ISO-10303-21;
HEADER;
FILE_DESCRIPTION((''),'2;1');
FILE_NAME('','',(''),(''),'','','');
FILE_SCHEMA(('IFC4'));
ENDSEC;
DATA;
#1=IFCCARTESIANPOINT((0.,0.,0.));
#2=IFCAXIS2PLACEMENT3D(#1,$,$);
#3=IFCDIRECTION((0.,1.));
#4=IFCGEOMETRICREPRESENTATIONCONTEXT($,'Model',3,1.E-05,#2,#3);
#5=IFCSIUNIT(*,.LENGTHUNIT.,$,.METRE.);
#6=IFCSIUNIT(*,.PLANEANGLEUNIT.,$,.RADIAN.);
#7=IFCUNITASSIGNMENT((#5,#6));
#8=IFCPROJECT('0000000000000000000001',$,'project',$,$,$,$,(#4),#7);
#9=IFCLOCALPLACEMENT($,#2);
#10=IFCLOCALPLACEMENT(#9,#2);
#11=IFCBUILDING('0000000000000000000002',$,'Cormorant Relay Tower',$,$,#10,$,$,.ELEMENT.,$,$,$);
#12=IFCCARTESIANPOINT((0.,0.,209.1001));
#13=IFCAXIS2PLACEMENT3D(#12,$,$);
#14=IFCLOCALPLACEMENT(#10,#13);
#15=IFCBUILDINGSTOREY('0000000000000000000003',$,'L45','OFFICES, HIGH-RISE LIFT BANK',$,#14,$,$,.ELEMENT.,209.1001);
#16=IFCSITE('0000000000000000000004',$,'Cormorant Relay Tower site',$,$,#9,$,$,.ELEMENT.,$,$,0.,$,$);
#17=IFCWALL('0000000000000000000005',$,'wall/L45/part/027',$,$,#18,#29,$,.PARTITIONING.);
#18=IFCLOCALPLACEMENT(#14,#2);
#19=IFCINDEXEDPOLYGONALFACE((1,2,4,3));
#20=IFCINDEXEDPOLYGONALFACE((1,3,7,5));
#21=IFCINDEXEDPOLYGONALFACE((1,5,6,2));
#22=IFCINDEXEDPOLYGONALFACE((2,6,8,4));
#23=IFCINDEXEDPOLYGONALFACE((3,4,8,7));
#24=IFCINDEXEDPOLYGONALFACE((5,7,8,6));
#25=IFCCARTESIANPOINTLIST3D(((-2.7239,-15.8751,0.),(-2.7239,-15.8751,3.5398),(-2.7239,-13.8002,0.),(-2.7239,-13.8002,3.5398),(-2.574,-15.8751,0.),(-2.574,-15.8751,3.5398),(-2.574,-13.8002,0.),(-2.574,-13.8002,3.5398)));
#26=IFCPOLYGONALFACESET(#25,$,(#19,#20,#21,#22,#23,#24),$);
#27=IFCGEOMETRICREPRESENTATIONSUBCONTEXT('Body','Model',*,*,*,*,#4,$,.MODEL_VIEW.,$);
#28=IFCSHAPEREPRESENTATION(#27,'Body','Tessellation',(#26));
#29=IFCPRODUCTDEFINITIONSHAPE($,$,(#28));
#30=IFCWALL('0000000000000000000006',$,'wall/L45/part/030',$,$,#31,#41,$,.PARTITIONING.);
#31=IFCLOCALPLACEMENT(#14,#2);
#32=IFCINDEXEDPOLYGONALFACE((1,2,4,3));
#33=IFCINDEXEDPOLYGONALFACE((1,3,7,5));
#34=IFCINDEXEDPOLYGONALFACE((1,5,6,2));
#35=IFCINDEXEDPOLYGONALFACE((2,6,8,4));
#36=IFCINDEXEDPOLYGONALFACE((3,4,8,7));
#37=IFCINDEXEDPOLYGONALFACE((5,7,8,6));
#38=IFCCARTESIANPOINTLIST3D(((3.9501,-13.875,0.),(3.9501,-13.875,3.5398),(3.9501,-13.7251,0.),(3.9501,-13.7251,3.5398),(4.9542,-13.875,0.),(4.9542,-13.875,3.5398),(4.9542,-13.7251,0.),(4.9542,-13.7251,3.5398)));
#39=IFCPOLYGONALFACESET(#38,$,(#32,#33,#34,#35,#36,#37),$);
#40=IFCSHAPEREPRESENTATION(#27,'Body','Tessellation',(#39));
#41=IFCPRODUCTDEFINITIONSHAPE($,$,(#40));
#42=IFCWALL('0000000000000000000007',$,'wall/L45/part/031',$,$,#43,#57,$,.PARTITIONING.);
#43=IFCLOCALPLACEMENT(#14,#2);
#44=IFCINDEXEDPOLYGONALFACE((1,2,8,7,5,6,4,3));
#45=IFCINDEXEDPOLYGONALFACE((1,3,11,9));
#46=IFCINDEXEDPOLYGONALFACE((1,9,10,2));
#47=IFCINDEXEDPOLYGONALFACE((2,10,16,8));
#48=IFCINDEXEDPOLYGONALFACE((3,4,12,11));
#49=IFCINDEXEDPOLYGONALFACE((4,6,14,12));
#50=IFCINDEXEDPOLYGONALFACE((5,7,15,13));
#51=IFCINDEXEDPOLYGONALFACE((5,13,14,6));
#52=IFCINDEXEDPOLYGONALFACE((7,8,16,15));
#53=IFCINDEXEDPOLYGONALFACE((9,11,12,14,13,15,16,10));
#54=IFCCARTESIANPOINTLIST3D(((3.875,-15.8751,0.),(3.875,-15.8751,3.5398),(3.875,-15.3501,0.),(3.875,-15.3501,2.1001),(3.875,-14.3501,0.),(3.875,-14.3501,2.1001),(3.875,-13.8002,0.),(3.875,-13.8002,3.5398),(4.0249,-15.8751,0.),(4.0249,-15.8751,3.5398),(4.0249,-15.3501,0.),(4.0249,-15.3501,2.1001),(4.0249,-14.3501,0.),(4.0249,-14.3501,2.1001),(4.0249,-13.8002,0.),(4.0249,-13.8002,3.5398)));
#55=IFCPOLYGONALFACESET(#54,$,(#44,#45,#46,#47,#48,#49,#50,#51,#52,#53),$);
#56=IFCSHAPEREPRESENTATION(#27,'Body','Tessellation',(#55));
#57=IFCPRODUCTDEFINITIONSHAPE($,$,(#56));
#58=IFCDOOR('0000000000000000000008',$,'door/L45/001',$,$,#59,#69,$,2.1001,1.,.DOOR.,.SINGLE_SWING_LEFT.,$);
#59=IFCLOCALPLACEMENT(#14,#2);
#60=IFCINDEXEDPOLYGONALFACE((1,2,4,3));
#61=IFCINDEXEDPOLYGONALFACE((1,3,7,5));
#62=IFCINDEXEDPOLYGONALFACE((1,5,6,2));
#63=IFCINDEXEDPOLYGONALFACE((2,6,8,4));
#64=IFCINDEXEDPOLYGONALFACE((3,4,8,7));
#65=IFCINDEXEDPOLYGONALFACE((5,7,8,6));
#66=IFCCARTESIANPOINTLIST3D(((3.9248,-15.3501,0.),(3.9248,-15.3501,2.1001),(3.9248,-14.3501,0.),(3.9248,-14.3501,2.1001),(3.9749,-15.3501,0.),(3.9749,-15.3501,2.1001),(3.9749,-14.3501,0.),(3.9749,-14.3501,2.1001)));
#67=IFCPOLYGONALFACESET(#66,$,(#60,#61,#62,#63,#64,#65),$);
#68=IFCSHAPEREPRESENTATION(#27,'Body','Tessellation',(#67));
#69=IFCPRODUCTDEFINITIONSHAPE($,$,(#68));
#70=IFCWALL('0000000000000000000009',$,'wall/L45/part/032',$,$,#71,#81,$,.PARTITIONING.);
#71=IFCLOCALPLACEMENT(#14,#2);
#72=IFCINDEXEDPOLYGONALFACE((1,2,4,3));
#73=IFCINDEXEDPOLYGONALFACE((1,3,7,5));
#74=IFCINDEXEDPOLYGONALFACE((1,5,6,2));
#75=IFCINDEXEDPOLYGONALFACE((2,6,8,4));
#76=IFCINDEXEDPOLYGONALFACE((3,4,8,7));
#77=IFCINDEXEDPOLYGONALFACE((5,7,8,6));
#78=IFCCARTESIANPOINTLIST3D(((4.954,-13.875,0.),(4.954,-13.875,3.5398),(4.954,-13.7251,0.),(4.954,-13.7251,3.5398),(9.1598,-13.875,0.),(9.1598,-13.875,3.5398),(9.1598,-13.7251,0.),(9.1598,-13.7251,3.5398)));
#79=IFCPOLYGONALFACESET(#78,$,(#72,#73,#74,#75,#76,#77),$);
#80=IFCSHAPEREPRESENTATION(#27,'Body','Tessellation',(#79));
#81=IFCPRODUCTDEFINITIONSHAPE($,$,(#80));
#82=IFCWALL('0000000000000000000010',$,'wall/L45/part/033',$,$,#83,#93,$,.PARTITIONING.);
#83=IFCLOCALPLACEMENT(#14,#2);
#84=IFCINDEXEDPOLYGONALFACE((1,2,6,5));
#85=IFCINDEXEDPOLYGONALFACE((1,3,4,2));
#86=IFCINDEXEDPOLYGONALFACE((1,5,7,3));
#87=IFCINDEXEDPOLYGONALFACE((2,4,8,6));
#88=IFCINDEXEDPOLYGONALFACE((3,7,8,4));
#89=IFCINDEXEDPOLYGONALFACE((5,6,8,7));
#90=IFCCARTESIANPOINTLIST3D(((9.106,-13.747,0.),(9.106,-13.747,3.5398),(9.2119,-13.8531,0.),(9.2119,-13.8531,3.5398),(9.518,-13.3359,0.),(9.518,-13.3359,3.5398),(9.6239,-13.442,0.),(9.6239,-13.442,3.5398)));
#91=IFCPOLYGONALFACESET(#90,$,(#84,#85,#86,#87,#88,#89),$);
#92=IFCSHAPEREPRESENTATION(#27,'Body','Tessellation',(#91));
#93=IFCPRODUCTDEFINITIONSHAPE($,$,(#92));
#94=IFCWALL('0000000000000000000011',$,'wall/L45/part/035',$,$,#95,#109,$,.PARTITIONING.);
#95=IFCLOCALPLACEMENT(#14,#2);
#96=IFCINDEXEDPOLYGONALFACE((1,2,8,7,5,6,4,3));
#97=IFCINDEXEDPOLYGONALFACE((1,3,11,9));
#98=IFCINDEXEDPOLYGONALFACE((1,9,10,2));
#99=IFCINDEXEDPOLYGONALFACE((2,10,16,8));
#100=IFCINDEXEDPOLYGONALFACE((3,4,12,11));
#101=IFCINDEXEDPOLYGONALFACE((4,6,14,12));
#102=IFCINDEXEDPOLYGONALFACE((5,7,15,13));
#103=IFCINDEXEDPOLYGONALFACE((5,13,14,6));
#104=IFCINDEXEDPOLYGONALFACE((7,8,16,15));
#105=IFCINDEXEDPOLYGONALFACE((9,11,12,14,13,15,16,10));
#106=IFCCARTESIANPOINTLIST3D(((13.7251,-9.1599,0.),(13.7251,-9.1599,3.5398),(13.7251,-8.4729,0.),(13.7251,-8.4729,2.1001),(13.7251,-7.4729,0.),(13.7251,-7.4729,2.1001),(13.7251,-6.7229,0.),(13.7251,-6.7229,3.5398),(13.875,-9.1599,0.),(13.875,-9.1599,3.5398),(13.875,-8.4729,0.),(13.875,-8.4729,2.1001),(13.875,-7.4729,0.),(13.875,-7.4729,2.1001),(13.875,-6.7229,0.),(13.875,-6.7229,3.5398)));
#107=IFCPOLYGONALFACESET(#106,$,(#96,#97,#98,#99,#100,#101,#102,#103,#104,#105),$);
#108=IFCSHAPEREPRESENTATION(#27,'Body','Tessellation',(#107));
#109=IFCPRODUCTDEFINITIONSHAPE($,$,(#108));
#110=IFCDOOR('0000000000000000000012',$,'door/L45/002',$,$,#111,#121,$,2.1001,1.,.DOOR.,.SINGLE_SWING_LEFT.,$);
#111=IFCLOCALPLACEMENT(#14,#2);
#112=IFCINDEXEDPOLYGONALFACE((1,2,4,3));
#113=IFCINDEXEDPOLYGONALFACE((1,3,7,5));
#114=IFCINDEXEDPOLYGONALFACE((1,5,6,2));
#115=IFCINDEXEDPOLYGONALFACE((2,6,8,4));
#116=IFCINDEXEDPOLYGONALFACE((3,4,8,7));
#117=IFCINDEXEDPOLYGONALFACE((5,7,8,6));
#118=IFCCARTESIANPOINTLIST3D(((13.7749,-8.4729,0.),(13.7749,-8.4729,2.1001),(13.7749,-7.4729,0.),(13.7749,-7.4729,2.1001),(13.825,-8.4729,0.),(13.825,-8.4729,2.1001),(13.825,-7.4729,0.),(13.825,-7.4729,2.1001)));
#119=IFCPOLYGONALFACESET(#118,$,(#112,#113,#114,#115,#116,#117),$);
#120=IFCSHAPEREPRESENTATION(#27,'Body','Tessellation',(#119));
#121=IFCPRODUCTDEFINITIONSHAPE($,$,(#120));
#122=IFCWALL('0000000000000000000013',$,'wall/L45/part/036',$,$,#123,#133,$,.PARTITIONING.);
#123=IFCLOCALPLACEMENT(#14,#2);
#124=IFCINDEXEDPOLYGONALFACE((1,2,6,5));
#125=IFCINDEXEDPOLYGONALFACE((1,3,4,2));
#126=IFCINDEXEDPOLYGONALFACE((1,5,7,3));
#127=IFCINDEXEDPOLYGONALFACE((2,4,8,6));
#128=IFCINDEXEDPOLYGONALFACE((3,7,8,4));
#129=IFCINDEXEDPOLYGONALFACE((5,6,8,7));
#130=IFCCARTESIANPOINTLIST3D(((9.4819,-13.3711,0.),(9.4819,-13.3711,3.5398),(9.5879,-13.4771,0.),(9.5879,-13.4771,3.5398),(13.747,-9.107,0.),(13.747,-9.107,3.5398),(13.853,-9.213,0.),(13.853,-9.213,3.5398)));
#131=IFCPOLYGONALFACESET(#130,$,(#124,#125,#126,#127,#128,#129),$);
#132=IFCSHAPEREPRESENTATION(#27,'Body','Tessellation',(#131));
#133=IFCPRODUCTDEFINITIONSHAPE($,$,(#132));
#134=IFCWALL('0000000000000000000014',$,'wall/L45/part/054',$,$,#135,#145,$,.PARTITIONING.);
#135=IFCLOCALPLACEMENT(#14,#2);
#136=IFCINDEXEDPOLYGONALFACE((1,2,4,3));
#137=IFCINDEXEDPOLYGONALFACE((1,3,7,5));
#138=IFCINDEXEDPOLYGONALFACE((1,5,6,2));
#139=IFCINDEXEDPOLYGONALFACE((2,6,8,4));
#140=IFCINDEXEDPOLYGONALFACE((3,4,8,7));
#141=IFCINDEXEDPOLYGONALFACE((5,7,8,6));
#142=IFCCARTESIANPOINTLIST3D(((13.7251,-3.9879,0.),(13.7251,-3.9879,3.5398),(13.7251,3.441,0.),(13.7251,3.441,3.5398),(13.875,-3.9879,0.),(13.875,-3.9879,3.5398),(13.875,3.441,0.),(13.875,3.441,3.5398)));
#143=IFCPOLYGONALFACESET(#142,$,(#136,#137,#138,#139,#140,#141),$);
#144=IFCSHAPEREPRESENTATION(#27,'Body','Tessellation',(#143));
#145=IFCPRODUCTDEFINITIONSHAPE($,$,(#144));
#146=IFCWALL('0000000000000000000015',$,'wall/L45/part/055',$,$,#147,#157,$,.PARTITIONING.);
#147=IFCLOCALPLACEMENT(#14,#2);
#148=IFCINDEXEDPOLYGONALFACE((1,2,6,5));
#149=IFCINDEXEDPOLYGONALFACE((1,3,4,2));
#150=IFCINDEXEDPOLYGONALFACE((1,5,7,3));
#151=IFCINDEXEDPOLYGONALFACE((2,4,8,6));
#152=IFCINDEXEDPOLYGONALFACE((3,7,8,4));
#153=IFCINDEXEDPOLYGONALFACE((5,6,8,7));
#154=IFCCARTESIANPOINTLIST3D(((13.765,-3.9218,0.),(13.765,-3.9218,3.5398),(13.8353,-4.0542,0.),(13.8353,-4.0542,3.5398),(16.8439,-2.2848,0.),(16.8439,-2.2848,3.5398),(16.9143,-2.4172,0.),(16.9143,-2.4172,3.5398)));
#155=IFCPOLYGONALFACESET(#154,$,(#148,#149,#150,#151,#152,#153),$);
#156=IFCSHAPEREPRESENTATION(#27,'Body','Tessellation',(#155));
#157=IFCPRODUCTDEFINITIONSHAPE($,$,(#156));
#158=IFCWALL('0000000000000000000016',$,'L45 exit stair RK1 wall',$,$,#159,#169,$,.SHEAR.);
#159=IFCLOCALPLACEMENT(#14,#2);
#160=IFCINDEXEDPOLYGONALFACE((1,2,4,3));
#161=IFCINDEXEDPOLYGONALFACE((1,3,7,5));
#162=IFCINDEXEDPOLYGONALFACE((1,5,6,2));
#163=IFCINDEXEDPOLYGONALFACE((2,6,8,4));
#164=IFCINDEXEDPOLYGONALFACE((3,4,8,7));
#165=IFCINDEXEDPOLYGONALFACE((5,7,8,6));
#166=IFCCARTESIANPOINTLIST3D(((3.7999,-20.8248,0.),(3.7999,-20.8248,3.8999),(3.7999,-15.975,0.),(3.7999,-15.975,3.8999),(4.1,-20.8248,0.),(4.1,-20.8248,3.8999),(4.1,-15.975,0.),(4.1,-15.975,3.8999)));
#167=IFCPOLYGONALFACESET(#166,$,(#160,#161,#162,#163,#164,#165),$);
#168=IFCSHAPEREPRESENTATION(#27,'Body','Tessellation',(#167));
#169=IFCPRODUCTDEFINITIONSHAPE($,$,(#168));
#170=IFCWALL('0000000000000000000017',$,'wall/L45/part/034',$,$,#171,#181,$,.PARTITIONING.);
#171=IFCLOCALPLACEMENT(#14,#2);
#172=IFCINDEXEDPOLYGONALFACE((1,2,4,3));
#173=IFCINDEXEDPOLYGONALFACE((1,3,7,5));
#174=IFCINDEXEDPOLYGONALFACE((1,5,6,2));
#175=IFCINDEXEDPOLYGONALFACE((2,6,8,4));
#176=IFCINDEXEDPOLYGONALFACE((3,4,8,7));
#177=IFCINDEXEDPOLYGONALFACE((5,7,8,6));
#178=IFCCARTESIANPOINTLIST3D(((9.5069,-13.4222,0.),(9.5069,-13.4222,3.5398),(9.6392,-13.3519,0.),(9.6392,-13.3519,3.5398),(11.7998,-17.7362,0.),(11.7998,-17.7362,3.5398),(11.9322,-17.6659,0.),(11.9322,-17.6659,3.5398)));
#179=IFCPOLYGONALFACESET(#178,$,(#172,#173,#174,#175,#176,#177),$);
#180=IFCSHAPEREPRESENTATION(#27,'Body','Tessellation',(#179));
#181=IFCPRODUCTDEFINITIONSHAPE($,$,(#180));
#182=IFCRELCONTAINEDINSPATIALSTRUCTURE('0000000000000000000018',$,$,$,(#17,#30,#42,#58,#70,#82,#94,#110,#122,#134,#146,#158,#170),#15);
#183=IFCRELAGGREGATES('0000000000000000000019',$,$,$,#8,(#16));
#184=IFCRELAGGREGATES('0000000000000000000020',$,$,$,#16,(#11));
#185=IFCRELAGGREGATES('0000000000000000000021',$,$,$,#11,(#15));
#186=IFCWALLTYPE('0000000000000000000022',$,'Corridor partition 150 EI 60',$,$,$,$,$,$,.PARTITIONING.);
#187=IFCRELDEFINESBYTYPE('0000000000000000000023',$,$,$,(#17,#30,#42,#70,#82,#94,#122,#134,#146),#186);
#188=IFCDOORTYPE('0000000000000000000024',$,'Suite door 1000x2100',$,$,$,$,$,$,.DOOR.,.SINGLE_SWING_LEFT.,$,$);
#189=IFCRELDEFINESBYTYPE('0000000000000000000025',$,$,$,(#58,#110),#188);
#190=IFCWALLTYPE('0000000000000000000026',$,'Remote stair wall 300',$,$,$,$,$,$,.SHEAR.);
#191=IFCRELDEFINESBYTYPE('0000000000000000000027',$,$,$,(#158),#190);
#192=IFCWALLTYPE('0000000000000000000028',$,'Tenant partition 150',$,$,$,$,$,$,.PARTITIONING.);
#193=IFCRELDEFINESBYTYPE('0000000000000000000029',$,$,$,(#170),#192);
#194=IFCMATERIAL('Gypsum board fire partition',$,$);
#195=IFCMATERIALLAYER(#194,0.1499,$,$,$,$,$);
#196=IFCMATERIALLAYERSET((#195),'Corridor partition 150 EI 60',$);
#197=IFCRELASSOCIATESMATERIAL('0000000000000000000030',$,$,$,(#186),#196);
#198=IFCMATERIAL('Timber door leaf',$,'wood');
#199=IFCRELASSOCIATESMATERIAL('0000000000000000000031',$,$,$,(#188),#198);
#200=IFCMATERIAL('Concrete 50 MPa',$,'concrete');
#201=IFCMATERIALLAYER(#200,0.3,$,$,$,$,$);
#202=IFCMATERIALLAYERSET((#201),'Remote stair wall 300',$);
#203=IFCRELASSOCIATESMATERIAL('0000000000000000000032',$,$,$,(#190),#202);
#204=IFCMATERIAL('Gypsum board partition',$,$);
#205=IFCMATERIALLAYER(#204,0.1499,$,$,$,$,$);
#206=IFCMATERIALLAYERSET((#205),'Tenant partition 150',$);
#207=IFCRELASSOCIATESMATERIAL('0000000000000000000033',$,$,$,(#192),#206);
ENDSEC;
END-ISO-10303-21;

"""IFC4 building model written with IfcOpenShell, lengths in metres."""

from ifc_helpers import new_model, si_unit, direction, frame, frame_2d, origin, place, context, subcontext, project, spatial, rectangle, extrude, material, layer, layer_set, type_object, element, fill, save


model = new_model("IFC4")

# Units and contexts
model_context = context("Model", 3, precision=1e-05, world=origin(), true_north=direction((0.0, 1.0)))
body_context = subcontext(model_context, "Body", "Model", "MODEL_VIEW")
ifc_project = project(units=[si_unit("LENGTHUNIT", "METRE"), si_unit("PLANEANGLEUNIT", "RADIAN")], contexts=[model_context])

# Site, building, storey
site_placement = place(None, origin())
site = spatial("IfcSite", under=ifc_project, at=site_placement, Name="Cormorant Relay Tower site", CompositionType="ELEMENT", RefElevation=0.0)
building_placement = place(site_placement, origin())
building = spatial("IfcBuilding", under=site, at=building_placement, Name="Cormorant Relay Tower", CompositionType="ELEMENT")
storey_placement = place(building_placement, frame((0.0, 0.0, 209.1001)))
storey = spatial("IfcBuildingStorey", under=building, at=storey_placement, Name="L45", Description="OFFICES, HIGH-RISE LIFT BANK", CompositionType="ELEMENT", Elevation=209.1001)

# Shared definitions
ifc_material_1 = material(Name="Gypsum board fire partition")
ifc_layer_1 = layer(ifc_material_1, 0.1499)
ifc_layer_set_1 = layer_set([ifc_layer_1], Name="Corridor partition 150 EI 60")
wall_type_1 = type_object("IfcWallType", Name="Corridor partition 150 EI 60", PredefinedType="PARTITIONING", material=ifc_layer_set_1)
ifc_material_2 = material(Name="Timber door leaf", Category="wood")
door_type = type_object("IfcDoorType", Name="Suite door 1000x2100", OperationType="SINGLE_SWING_LEFT", PredefinedType="DOOR", material=ifc_material_2)

# Walls
wall_1_placement = place(storey_placement, frame((-2.6489, -13.8, 0.0), z_axis=(0.0, 0.0, 1.0), x_axis=(0.0, -1.0, 0.0)))
element("IfcWall", 1, at=wall_1_placement, inside=storey, type_object=wall_type_1, Name="wall/L45/part/027", PredefinedType="PARTITIONING", context=body_context, shape_type="SweptSolid", body=[
    extrude(rectangle(XDim=2.075, YDim=0.1499, at=frame_2d((1.0376, 0.0))), origin(), (0.0, 0.0, 1.0), 3.5398),
])
wall_2_placement = place(storey_placement, frame((4.9541, -13.8, 0.0), z_axis=(0.0, 0.0, 1.0), x_axis=(-1.0, 0.0, 0.0)))
element("IfcWall", 2, at=wall_2_placement, inside=storey, type_object=wall_type_1, Name="wall/L45/part/030", PredefinedType="PARTITIONING", context=body_context, shape_type="SweptSolid", body=[
    extrude(rectangle(XDim=1.0042, YDim=0.1499, at=frame_2d((0.502, 0.0))), origin(), (0.0, 0.0, 1.0), 3.5398),
])

# Wall, opening, door
wall_3_placement = place(storey_placement, frame((3.95, -13.8, 0.0), z_axis=(0.0, 0.0, 1.0), x_axis=(0.0, -1.0, 0.0)))
wall_3 = element("IfcWall", 3, at=wall_3_placement, inside=storey, type_object=wall_type_1, Name="wall/L45/part/031", PredefinedType="PARTITIONING", context=body_context, shape_type="SweptSolid", body=[
    extrude(rectangle(XDim=2.075, YDim=0.1499, at=frame_2d((1.0376, 0.0))), origin(), (0.0, 0.0, 1.0), 3.5398),
])
opening_1_placement = place(wall_3_placement, frame((0.55, 0.0, 0.0)))
opening_1 = element("IfcOpeningElement", 4, at=opening_1_placement, cuts=wall_3, PredefinedType="OPENING", context=body_context, shape_type="SweptSolid", body=[
    extrude(rectangle(XDim=1.0, YDim=2.1001, at=frame_2d((0.5, 1.05))), frame((0.0, 0.085, 0.0), z_axis=(0.0, -1.0, 0.0), x_axis=(1.0, 0.0, 0.0)), (0.0, 0.0, 1.0), 0.1699),
])
door_1_placement = place(opening_1_placement, origin())
door_1 = element("IfcDoor", 5, at=door_1_placement, inside=storey, type_object=door_type, Name="door/L45/001", OperationType="SINGLE_SWING_LEFT", OverallHeight=2.1001, OverallWidth=1.0, PredefinedType="DOOR", context=body_context, shape_type="SweptSolid", body=[
    extrude(rectangle(XDim=1.0, YDim=2.1001, at=frame_2d((0.5, 1.05))), frame((0.0, 0.0249, 0.0), z_axis=(0.0, -1.0, 0.0), x_axis=(1.0, 0.0, 0.0)), (0.0, 0.0, 1.0), 0.05),
])
fill(opening_1, door_1)

# Walls
wall_4_placement = place(storey_placement, frame((9.1599, -13.8, 0.0), z_axis=(0.0, 0.0, 1.0), x_axis=(-1.0, 0.0, 0.0)))
element("IfcWall", 6, at=wall_4_placement, inside=storey, type_object=wall_type_1, Name="wall/L45/part/032", PredefinedType="PARTITIONING", context=body_context, shape_type="SweptSolid", body=[
    extrude(rectangle(XDim=4.2058, YDim=0.1499, at=frame_2d((2.103, 0.0))), origin(), (0.0, 0.0, 1.0), 3.5398),
])
wall_5_placement = place(storey_placement, frame((9.1589, -13.8, 0.0), z_axis=(0.0, 0.0, 1.0), x_axis=(0.707945, 0.706267, 0.0)))
element("IfcWall", 7, at=wall_5_placement, inside=storey, type_object=wall_type_1, Name="wall/L45/part/033", PredefinedType="PARTITIONING", context=body_context, shape_type="SweptSolid", body=[
    extrude(rectangle(XDim=0.582, YDim=0.1499, at=frame_2d((0.291, 0.0))), origin(), (0.0, 0.0, 1.0), 3.5398),
])

# Wall, opening, door
wall_6_placement = place(storey_placement, frame((13.8, -6.7229, 0.0), z_axis=(0.0, 0.0, 1.0), x_axis=(0.0, -1.0, 0.0)))
wall_6 = element("IfcWall", 8, at=wall_6_placement, inside=storey, type_object=wall_type_1, Name="wall/L45/part/035", PredefinedType="PARTITIONING", context=body_context, shape_type="SweptSolid", body=[
    extrude(rectangle(XDim=2.437, YDim=0.1499, at=frame_2d((1.2185, 0.0))), origin(), (0.0, 0.0, 1.0), 3.5398),
])
opening_2_placement = place(wall_6_placement, frame((0.75, 0.0, 0.0)))
opening_2 = element("IfcOpeningElement", 9, at=opening_2_placement, cuts=wall_6, PredefinedType="OPENING", context=body_context, shape_type="SweptSolid", body=[
    extrude(rectangle(XDim=1.0, YDim=2.1001, at=frame_2d((0.5, 1.05))), frame((0.0, 0.085, 0.0), z_axis=(0.0, -1.0, 0.0), x_axis=(1.0, 0.0, 0.0)), (0.0, 0.0, 1.0), 0.1699),
])
door_2_placement = place(opening_2_placement, origin())
door_2 = element("IfcDoor", 10, at=door_2_placement, inside=storey, type_object=door_type, Name="door/L45/002", OperationType="SINGLE_SWING_LEFT", OverallHeight=2.1001, OverallWidth=1.0, PredefinedType="DOOR", context=body_context, shape_type="SweptSolid", body=[
    extrude(rectangle(XDim=1.0, YDim=2.1001, at=frame_2d((0.5, 1.05))), frame((0.0, 0.0249, 0.0), z_axis=(0.0, -1.0, 0.0), x_axis=(1.0, 0.0, 0.0)), (0.0, 0.0, 1.0), 0.05),
])
fill(opening_2, door_2)

# Walls
wall_7_placement = place(storey_placement, frame((13.8, -9.1599, 0.0), z_axis=(0.0, 0.0, 1.0), x_axis=(-0.707188, -0.707026, 0.0)))
element("IfcWall", 11, at=wall_7_placement, inside=storey, type_object=wall_type_1, Name="wall/L45/part/036", PredefinedType="PARTITIONING", context=body_context, shape_type="SweptSolid", body=[
    extrude(rectangle(XDim=6.031, YDim=0.1499, at=frame_2d((3.0156, 0.0))), origin(), (0.0, 0.0, 1.0), 3.5398),
])
wall_8_placement = place(storey_placement, frame((13.8, 3.4409, 0.0), z_axis=(0.0, 0.0, 1.0), x_axis=(0.0, -1.0, 0.0)))
element("IfcWall", 12, at=wall_8_placement, inside=storey, type_object=wall_type_1, Name="wall/L45/part/054", PredefinedType="PARTITIONING", context=body_context, shape_type="SweptSolid", body=[
    extrude(rectangle(XDim=7.429, YDim=0.1499, at=frame_2d((3.7144, 0.0))), origin(), (0.0, 0.0, 1.0), 3.5398),
])
wall_9_placement = place(storey_placement, frame((13.8, -3.988, 0.0), z_axis=(0.0, 0.0, 1.0), x_axis=(0.882959, 0.46945, 0.0)))
element("IfcWall", 13, at=wall_9_placement, inside=storey, type_object=wall_type_1, Name="wall/L45/part/055", PredefinedType="PARTITIONING", context=body_context, shape_type="SweptSolid", body=[
    extrude(rectangle(XDim=3.4871, YDim=0.1499, at=frame_2d((1.7437, 0.0))), origin(), (0.0, 0.0, 1.0), 3.5398),
])
ifc_material_3 = material(Name="Concrete 50 MPa", Category="concrete")
ifc_layer_2 = layer(ifc_material_3, 0.3)
ifc_layer_set_2 = layer_set([ifc_layer_2], Name="Remote stair wall 300")
wall_type_2 = type_object("IfcWallType", Name="Remote stair wall 300", PredefinedType="SHEAR", material=ifc_layer_set_2)
wall_10_placement = place(storey_placement, frame((3.95, -15.9751, 0.0), z_axis=(0.0, 0.0, 1.0), x_axis=(0.0, -1.0, 0.0)))
element("IfcWall", 14, at=wall_10_placement, inside=storey, type_object=wall_type_2, Name="L45 exit stair RK1 wall", PredefinedType="SHEAR", context=body_context, shape_type="SweptSolid", body=[
    extrude(rectangle(XDim=4.8499, YDim=0.3, at=frame_2d((2.4248, 0.0))), origin(), (0.0, 0.0, 1.0), 3.8999),
])
ifc_material_4 = material(Name="Gypsum board partition")
ifc_layer_3 = layer(ifc_material_4, 0.1499)
ifc_layer_set_3 = layer_set([ifc_layer_3], Name="Tenant partition 150")
wall_type_3 = type_object("IfcWallType", Name="Tenant partition 150", PredefinedType="PARTITIONING", material=ifc_layer_set_3)
wall_11_placement = place(storey_placement, frame((9.573, -13.387, 0.0), z_axis=(0.0, 0.0, 1.0), x_axis=(0.469343, -0.883016, 0.0)))
element("IfcWall", 15, at=wall_11_placement, inside=storey, type_object=wall_type_3, Name="wall/L45/part/034", PredefinedType="PARTITIONING", context=body_context, shape_type="SweptSolid", body=[
    extrude(rectangle(XDim=4.8855, YDim=0.1499, at=frame_2d((2.4429, 0.0))), origin(), (0.0, 0.0, 1.0), 3.5398),
])

save(model, "model.ifc")
